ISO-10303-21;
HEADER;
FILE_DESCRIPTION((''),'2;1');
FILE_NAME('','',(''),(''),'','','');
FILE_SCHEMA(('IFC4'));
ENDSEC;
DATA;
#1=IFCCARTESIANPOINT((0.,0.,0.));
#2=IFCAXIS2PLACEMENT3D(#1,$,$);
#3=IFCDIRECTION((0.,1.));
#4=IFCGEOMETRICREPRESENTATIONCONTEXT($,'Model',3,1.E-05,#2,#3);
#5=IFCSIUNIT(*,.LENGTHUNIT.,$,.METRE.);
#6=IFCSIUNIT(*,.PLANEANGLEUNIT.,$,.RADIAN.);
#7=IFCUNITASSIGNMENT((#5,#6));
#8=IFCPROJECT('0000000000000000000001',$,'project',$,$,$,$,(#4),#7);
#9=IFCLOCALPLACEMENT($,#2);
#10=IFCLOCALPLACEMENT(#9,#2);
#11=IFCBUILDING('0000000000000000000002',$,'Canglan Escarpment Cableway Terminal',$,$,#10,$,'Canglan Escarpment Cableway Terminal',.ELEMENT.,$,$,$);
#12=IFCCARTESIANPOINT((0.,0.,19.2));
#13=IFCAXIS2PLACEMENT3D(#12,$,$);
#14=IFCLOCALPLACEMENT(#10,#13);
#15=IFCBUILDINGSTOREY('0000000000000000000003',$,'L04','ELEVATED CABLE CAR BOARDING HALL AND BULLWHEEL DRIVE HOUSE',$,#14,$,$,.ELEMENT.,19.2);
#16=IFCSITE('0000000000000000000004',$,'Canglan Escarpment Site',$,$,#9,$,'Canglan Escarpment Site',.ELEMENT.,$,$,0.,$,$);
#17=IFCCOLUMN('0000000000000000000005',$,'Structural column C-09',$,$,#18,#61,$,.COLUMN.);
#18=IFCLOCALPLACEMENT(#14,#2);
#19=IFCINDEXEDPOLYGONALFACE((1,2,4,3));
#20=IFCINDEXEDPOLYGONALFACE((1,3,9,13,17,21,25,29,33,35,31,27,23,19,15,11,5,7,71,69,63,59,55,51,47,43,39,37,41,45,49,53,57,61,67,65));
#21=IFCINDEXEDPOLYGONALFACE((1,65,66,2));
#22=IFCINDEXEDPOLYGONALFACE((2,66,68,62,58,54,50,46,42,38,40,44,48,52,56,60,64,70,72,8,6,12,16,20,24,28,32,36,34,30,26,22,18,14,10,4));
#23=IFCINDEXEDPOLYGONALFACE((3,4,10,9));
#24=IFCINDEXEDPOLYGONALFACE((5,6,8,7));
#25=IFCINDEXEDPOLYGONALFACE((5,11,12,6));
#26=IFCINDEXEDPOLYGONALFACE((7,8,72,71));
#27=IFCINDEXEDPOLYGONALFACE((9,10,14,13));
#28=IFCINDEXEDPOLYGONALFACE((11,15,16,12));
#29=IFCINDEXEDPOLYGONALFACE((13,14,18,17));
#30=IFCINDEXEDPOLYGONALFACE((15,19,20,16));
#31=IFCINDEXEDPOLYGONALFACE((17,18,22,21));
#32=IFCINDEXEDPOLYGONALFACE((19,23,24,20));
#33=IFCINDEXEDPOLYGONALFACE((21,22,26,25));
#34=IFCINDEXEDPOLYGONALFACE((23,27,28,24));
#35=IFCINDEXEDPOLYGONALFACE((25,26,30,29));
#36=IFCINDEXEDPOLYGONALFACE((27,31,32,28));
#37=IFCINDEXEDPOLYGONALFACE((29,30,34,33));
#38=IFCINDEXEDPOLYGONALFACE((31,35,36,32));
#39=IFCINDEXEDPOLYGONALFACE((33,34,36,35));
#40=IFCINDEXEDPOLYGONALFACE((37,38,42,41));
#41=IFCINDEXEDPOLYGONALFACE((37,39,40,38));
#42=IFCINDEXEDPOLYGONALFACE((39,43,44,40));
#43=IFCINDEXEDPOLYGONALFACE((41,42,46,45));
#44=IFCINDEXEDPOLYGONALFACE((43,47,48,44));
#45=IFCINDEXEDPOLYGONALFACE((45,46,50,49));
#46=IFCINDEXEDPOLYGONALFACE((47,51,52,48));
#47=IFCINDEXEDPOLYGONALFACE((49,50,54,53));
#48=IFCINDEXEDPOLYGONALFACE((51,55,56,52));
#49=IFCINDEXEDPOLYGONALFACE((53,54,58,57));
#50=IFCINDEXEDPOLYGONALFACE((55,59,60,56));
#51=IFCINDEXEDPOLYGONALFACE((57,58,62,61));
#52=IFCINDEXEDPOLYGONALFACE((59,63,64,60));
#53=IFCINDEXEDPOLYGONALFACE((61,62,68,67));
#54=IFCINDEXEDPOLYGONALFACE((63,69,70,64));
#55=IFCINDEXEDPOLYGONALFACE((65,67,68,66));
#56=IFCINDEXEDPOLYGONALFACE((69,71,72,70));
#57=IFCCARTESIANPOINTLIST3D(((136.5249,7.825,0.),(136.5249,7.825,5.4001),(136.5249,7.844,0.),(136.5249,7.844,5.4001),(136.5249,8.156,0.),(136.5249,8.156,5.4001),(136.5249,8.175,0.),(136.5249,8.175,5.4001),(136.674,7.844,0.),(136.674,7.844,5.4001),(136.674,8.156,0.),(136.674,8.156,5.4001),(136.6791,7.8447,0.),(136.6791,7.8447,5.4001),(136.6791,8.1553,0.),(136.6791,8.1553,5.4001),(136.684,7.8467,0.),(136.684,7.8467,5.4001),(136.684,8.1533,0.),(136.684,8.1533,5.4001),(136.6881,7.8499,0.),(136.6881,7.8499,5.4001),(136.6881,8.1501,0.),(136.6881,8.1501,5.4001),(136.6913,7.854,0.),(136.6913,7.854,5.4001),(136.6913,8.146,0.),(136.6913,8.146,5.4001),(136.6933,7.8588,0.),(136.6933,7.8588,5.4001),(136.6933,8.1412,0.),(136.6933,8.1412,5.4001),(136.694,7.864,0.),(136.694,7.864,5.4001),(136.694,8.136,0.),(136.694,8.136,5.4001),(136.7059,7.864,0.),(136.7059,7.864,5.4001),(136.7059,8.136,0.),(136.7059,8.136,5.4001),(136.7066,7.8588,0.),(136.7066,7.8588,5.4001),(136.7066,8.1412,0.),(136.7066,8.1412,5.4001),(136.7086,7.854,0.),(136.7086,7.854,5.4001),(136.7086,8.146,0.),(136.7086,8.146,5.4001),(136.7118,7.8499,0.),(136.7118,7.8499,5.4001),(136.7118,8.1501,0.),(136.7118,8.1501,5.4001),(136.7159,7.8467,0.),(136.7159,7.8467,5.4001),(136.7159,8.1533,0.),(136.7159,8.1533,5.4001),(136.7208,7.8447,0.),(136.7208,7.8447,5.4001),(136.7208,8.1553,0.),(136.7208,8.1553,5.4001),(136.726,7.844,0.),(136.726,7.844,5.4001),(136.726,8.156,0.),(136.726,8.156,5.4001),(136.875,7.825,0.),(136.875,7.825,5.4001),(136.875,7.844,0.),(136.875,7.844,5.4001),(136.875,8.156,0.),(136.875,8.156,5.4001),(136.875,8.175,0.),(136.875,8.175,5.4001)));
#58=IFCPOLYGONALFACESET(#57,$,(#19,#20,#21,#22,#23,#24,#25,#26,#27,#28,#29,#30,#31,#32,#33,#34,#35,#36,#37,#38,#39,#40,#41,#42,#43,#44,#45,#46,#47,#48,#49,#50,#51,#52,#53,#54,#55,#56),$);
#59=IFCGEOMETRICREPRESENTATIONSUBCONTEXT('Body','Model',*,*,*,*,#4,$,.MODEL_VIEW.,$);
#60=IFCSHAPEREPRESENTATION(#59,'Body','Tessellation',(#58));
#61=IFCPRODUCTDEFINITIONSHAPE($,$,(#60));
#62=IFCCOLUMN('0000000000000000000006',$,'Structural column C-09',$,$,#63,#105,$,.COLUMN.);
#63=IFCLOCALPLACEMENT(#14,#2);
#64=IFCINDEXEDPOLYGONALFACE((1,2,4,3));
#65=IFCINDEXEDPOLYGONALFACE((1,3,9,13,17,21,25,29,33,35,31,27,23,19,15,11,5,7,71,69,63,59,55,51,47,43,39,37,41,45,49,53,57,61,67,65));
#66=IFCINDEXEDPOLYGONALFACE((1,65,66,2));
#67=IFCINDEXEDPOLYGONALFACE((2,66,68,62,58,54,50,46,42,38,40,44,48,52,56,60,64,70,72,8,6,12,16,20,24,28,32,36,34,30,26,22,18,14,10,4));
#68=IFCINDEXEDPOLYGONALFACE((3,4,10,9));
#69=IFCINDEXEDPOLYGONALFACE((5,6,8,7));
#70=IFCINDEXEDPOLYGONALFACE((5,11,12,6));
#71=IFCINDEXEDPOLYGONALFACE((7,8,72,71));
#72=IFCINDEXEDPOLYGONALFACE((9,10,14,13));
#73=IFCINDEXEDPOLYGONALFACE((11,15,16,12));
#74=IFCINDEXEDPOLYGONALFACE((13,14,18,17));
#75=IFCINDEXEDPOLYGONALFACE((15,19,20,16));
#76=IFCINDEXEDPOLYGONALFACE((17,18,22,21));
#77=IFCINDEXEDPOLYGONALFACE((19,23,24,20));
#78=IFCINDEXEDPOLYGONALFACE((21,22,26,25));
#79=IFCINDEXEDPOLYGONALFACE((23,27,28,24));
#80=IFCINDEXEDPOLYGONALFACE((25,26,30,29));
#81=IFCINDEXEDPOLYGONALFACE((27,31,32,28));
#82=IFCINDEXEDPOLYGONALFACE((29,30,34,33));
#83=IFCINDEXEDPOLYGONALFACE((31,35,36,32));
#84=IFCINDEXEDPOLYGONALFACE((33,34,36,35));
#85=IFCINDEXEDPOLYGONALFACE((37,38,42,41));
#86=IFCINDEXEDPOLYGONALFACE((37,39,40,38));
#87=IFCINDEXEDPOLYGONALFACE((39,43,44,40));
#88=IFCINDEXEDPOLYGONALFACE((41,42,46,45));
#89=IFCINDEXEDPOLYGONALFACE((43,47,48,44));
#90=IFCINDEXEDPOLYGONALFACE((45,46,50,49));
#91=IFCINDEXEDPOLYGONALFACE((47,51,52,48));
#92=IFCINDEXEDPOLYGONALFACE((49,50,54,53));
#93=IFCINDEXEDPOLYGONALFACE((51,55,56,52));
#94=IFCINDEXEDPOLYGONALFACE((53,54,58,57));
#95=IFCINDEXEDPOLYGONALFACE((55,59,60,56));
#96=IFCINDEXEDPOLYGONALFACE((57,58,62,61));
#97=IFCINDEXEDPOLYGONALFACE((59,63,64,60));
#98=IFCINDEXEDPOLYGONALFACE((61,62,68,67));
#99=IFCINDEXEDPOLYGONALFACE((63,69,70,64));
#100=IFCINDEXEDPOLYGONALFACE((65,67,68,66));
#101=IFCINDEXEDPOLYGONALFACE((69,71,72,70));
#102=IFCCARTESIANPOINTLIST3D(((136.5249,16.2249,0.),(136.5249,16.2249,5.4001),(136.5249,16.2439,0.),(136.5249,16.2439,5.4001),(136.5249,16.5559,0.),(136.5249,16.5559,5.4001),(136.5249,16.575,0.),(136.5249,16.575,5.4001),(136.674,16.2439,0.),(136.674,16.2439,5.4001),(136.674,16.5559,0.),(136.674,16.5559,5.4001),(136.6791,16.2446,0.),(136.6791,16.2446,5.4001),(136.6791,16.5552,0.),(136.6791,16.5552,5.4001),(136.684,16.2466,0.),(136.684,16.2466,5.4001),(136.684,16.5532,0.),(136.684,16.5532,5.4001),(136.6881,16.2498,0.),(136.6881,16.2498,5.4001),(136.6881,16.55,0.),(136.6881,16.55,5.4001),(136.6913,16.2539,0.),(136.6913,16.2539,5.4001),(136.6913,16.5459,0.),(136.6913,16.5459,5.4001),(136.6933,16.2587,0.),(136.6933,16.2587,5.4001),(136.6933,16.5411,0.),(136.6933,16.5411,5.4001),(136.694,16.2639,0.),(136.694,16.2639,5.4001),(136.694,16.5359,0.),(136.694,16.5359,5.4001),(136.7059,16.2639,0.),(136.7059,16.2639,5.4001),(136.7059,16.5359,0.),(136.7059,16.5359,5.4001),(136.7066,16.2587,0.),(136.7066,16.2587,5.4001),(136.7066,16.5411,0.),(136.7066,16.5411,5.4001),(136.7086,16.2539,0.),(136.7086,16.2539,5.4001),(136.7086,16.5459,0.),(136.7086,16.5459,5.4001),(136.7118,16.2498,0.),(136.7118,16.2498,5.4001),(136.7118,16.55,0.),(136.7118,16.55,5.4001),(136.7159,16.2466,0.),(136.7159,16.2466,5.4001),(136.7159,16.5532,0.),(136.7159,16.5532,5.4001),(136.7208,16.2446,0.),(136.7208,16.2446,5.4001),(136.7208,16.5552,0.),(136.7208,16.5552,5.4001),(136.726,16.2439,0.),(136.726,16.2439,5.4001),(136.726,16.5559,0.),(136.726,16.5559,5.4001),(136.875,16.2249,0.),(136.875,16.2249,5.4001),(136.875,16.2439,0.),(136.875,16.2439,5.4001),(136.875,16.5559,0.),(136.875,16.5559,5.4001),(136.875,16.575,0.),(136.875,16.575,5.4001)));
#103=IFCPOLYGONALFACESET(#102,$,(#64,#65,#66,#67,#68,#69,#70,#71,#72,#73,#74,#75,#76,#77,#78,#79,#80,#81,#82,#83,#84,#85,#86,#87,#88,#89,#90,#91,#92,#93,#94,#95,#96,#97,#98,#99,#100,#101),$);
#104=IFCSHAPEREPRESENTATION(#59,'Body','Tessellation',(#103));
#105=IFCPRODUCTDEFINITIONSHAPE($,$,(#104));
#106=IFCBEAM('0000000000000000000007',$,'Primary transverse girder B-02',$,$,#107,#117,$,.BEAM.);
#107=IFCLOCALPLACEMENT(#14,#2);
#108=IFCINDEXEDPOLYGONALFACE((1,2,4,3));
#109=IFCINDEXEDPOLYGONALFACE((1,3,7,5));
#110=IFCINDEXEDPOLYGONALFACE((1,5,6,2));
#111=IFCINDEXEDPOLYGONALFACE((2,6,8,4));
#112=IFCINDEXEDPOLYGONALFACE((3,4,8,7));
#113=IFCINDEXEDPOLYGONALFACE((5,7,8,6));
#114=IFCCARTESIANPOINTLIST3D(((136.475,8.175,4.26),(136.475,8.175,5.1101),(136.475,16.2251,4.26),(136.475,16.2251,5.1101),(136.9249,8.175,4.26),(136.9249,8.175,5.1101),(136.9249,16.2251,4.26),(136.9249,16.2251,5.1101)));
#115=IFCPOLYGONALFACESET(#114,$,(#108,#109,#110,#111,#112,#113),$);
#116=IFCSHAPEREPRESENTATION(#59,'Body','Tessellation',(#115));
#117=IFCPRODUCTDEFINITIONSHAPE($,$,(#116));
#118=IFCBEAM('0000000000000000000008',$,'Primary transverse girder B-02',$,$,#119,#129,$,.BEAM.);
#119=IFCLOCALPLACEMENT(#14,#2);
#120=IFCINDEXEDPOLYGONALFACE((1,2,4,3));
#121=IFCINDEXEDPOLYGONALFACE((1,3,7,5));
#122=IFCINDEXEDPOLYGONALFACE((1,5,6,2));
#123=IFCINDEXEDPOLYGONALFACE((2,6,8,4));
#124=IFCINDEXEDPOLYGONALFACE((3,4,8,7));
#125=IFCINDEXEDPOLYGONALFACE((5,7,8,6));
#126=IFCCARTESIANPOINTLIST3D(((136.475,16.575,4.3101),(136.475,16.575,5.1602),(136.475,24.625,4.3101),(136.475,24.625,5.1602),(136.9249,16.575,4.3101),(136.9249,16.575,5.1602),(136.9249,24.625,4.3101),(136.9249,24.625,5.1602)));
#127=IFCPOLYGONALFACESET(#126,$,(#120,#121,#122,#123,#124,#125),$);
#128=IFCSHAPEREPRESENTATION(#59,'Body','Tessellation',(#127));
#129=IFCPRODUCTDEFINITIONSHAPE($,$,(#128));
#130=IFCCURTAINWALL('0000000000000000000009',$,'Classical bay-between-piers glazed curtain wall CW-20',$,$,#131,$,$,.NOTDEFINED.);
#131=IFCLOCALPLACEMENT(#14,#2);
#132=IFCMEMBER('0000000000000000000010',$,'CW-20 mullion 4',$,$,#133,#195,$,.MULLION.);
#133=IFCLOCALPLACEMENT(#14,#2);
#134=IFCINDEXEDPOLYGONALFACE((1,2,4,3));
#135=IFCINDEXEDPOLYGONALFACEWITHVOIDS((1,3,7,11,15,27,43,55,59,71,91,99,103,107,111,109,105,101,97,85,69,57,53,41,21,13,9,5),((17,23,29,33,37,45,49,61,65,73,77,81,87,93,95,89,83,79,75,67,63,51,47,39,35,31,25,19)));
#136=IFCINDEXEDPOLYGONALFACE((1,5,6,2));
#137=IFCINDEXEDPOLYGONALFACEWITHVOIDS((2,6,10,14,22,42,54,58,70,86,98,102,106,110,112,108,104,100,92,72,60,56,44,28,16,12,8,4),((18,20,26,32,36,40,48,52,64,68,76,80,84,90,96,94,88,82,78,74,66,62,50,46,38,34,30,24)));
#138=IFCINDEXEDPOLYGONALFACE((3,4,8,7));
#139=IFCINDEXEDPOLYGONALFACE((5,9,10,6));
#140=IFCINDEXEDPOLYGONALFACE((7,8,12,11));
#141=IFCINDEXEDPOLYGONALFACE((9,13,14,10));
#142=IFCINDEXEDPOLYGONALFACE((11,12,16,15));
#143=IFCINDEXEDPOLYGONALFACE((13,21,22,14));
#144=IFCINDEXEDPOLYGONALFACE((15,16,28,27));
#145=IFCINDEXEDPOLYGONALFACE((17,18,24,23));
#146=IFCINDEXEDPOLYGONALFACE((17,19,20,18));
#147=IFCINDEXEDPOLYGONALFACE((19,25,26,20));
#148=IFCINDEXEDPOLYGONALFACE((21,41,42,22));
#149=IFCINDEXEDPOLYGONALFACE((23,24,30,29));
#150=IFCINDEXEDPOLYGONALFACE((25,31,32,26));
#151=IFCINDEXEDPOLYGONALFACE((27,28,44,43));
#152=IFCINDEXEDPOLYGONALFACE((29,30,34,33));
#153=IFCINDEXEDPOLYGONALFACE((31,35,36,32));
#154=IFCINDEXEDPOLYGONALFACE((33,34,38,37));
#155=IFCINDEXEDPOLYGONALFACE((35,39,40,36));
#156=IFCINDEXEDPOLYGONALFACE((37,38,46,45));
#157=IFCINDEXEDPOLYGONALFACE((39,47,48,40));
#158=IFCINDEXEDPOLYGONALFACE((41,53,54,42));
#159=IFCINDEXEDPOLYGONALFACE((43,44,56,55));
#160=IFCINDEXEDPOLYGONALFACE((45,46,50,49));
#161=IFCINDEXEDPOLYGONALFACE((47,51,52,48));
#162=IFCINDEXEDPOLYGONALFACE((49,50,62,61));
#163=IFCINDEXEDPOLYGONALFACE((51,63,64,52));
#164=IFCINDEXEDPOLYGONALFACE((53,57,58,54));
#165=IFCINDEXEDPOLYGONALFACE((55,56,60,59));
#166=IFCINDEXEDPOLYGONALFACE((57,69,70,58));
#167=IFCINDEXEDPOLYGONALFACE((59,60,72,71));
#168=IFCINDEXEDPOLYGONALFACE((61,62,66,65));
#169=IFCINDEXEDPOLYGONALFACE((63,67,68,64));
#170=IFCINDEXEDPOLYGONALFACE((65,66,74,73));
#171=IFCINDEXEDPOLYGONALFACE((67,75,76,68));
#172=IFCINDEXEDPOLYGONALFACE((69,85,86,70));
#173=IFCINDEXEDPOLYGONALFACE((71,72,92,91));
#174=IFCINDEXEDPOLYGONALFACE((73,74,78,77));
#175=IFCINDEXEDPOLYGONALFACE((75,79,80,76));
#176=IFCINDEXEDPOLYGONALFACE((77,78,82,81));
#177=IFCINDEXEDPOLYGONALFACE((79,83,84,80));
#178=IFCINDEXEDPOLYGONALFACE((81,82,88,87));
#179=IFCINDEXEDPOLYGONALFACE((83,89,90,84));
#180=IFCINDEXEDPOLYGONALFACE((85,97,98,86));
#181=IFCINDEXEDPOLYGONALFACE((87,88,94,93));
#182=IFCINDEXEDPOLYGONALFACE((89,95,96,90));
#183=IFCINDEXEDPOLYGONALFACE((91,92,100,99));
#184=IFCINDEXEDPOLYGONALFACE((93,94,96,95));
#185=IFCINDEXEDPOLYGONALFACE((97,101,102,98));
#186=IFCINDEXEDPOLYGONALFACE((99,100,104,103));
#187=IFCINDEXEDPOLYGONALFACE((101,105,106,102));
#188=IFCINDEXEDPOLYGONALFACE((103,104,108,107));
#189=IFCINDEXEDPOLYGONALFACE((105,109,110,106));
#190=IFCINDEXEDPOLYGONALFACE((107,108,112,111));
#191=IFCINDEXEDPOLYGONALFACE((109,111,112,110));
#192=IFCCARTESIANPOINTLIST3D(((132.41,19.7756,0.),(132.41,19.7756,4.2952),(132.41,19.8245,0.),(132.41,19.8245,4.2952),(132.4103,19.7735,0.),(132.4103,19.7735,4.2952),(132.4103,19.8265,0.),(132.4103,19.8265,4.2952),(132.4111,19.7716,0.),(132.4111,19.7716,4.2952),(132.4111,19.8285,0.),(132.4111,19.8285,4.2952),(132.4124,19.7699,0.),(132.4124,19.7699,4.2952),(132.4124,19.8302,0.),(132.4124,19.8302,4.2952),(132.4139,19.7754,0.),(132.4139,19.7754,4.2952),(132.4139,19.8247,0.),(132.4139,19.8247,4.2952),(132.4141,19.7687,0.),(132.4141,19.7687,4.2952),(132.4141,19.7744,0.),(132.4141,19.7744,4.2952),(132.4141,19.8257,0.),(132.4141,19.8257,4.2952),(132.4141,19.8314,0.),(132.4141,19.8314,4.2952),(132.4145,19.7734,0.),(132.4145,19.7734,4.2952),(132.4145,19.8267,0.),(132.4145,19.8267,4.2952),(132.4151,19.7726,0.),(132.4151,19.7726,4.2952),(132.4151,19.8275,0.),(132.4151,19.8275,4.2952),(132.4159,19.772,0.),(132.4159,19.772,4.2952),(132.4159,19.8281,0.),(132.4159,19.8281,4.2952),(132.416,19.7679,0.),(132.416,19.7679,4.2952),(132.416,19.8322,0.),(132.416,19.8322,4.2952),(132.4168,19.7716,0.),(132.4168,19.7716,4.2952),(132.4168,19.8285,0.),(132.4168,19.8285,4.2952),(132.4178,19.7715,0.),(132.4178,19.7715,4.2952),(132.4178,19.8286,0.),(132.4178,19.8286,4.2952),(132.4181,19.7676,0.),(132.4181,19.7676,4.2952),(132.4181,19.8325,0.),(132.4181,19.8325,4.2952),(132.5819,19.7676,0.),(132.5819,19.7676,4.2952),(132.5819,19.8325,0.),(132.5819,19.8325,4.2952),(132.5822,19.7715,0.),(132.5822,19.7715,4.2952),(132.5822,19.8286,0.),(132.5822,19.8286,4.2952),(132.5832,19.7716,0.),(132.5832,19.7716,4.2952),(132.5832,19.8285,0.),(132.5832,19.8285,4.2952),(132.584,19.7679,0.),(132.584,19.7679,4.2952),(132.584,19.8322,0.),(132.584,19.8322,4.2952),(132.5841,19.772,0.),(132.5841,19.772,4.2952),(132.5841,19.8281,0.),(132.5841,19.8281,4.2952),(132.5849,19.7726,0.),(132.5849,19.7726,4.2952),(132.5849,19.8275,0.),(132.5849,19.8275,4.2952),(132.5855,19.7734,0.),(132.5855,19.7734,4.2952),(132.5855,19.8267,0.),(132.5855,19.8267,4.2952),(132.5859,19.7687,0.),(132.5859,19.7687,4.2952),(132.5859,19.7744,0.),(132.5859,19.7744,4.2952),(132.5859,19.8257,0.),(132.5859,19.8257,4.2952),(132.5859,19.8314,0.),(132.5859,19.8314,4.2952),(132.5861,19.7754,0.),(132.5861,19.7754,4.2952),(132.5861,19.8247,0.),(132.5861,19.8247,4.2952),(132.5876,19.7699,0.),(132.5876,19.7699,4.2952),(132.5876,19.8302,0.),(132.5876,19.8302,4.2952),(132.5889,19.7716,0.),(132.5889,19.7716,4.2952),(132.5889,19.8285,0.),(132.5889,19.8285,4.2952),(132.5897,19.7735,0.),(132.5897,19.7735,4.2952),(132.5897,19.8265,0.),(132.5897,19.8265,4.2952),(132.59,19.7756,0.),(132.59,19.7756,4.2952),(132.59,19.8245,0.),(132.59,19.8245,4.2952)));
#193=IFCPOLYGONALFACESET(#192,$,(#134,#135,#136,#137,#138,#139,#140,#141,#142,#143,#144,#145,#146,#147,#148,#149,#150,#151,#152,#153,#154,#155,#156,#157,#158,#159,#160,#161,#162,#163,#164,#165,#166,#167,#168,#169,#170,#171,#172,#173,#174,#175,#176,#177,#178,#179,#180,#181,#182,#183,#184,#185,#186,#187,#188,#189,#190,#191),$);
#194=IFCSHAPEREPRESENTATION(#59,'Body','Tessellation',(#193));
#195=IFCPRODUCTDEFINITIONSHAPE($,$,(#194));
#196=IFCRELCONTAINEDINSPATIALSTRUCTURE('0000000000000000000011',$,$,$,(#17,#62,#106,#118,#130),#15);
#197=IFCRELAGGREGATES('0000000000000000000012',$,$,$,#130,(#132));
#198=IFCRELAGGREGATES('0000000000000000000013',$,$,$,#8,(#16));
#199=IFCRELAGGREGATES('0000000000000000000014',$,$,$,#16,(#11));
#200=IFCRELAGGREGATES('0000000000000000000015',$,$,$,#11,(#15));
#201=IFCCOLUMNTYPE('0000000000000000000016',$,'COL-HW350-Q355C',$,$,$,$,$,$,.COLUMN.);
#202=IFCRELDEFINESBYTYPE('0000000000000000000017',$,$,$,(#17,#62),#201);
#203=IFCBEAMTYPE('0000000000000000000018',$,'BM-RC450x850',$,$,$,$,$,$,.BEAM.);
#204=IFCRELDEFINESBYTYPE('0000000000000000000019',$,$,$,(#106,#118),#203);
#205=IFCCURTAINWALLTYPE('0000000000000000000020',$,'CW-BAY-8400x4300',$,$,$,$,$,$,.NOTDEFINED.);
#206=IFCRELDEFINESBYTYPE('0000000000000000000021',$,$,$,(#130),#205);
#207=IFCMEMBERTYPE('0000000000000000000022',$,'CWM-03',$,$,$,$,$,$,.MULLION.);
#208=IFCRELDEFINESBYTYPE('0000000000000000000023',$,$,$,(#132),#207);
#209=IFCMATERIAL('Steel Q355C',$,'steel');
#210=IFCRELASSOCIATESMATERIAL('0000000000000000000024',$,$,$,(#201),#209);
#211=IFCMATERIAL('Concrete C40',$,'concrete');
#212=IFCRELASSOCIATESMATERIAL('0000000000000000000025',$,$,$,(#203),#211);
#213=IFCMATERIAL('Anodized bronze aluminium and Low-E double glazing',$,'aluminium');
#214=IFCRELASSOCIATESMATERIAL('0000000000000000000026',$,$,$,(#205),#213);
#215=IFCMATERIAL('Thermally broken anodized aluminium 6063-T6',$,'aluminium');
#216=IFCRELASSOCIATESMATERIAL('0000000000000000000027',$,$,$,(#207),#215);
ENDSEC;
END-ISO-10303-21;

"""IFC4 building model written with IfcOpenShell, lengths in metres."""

from ifc_helpers import new_model, si_unit, direction, frame, origin, origin_2d, place, context, subcontext, project, spatial, rectangle, hollow_rectangle, i_section, extrude, material, material_profile, profile_set, type_object, element, aggregate, save


model = new_model("IFC4")

# Units and contexts
model_context = context("Model", 3, precision=1e-05, world=origin(), true_north=direction((0.0, 1.0)))
body_context = subcontext(model_context, "Body", "Model", "MODEL_VIEW")
ifc_project = project(units=[si_unit("LENGTHUNIT", "METRE"), si_unit("PLANEANGLEUNIT", "RADIAN")], contexts=[model_context])

# Site, building, storey
site_placement = place(None, origin())
site = spatial("IfcSite", under=ifc_project, at=site_placement, Name="Canglan Escarpment Site", LongName="Canglan Escarpment Site", CompositionType="ELEMENT", RefElevation=0.0)
building_placement = place(site_placement, origin())
building = spatial("IfcBuilding", under=site, at=building_placement, Name="Canglan Escarpment Cableway Terminal", LongName="Canglan Escarpment Cableway Terminal", CompositionType="ELEMENT")
storey_placement = place(building_placement, frame((0.0, 0.0, 19.2)))
storey = spatial("IfcBuildingStorey", under=building, at=storey_placement, Name="L04", Description="ELEVATED CABLE CAR BOARDING HALL AND BULLWHEEL DRIVE HOUSE", CompositionType="ELEMENT", Elevation=19.2)

# Columns
ifc_material_1 = material(Name="Steel Q355C", Category="steel")
ifc_material_profile_1 = material_profile(ifc_material_1, i_section(OverallWidth=0.3501, OverallDepth=0.3501, WebThickness=0.012, FlangeThickness=0.019, FilletRadius=0.02, at=origin_2d()), Name="HW 350x350x12x19")
ifc_profile_set_1 = profile_set([ifc_material_profile_1], Name="Steel Q355C")
column_type = type_object("IfcColumnType", Name="COL-HW350-Q355C", PredefinedType="COLUMN", material=ifc_profile_set_1)
for number, where, z_axis, x_axis, name in (
    (1, (136.7, 8.0, 0.0), (0.0, 0.0, 1.0), (1.0, 0.0, 0.0), "Structural column C-09"),
    (2, (136.7, 16.3999, 0.0), (0.0, 0.0, 1.0), (1.0, 0.0, 0.0), "Structural column C-09"),
):
    element("IfcColumn", number, at=place(storey_placement, frame(where, z_axis=z_axis, x_axis=x_axis)), inside=storey, type_object=column_type, Name=name, PredefinedType="COLUMN", context=body_context, shape_type="SweptSolid", body=[
        extrude(i_section(OverallWidth=0.3501, OverallDepth=0.3501, WebThickness=0.012, FlangeThickness=0.019, FilletRadius=0.02, at=origin_2d()), origin(), (0.0, 0.0, 1.0), 5.4001),
    ])

# Beams
ifc_material_2 = material(Name="Concrete C40", Category="concrete")
ifc_material_profile_2 = material_profile(ifc_material_2, rectangle(XDim=0.45, YDim=0.8501, at=origin_2d()), Name="RC 450x850")
ifc_profile_set_2 = profile_set([ifc_material_profile_2], Name="Concrete C40")
beam_type = type_object("IfcBeamType", Name="BM-RC450x850", PredefinedType="BEAM", material=ifc_profile_set_2)
for number, where, z_axis, x_axis, name in (
    (3, (136.7, 8.175, 4.6851), (0.0, 1.0, 0.0), (-1.0, 0.0, 0.0), "Primary transverse girder B-02"),
    (4, (136.7, 16.575, 4.7351), (0.0, 1.0, 0.0), (-1.0, 0.0, 0.0), "Primary transverse girder B-02"),
):
    element("IfcBeam", number, at=place(storey_placement, frame(where, z_axis=z_axis, x_axis=x_axis)), inside=storey, type_object=beam_type, Name=name, PredefinedType="BEAM", context=body_context, shape_type="SweptSolid", body=[
        extrude(rectangle(XDim=0.45, YDim=0.8501, at=origin_2d()), origin(), (0.0, 0.0, 1.0), 8.05),
    ])

# Curtain wall, member
ifc_material_3 = material(Name="Anodized bronze aluminium and Low-E double glazing", Category="aluminium")
curtain_wall_type = type_object("IfcCurtainWallType", Name="CW-BAY-8400x4300", PredefinedType="NOTDEFINED", material=ifc_material_3)
curtain_wall_placement = place(storey_placement, origin())
curtain_wall = element("IfcCurtainWall", 5, at=curtain_wall_placement, inside=storey, type_object=curtain_wall_type, Name="Classical bay-between-piers glazed curtain wall CW-20", PredefinedType="NOTDEFINED")
ifc_material_4 = material(Name="Thermally broken anodized aluminium 6063-T6", Category="aluminium")
ifc_material_profile_3 = material_profile(ifc_material_4, hollow_rectangle(XDim=0.0649, YDim=0.1799, WallThickness=0.0039, InnerFilletRadius=0.0039, OuterFilletRadius=0.0081, at=origin_2d()), Name="ALU-MULL 65x180x4")
ifc_profile_set_3 = profile_set([ifc_material_profile_3], Name="Thermally broken anodized aluminium 6063-T6")
member_type_1 = type_object("IfcMemberType", Name="CWM-03", PredefinedType="MULLION", material=ifc_profile_set_3)
member_1_placement = place(storey_placement, frame((132.5, 19.8, 0.0), z_axis=(0.0, 0.0, 1.0), x_axis=(0.0, -1.0, 0.0)))
member_1 = element("IfcMember", 6, at=member_1_placement, type_object=member_type_1, Name="CW-20 mullion 4", PredefinedType="MULLION", context=body_context, shape_type="SweptSolid", body=[
    extrude(hollow_rectangle(XDim=0.0649, YDim=0.1799, WallThickness=0.0039, InnerFilletRadius=0.0039, OuterFilletRadius=0.0081, at=origin_2d()), origin(), (0.0, 0.0, 1.0), 4.2952),
])
aggregate(curtain_wall, [member_1])

save(model, "model.ifc")
